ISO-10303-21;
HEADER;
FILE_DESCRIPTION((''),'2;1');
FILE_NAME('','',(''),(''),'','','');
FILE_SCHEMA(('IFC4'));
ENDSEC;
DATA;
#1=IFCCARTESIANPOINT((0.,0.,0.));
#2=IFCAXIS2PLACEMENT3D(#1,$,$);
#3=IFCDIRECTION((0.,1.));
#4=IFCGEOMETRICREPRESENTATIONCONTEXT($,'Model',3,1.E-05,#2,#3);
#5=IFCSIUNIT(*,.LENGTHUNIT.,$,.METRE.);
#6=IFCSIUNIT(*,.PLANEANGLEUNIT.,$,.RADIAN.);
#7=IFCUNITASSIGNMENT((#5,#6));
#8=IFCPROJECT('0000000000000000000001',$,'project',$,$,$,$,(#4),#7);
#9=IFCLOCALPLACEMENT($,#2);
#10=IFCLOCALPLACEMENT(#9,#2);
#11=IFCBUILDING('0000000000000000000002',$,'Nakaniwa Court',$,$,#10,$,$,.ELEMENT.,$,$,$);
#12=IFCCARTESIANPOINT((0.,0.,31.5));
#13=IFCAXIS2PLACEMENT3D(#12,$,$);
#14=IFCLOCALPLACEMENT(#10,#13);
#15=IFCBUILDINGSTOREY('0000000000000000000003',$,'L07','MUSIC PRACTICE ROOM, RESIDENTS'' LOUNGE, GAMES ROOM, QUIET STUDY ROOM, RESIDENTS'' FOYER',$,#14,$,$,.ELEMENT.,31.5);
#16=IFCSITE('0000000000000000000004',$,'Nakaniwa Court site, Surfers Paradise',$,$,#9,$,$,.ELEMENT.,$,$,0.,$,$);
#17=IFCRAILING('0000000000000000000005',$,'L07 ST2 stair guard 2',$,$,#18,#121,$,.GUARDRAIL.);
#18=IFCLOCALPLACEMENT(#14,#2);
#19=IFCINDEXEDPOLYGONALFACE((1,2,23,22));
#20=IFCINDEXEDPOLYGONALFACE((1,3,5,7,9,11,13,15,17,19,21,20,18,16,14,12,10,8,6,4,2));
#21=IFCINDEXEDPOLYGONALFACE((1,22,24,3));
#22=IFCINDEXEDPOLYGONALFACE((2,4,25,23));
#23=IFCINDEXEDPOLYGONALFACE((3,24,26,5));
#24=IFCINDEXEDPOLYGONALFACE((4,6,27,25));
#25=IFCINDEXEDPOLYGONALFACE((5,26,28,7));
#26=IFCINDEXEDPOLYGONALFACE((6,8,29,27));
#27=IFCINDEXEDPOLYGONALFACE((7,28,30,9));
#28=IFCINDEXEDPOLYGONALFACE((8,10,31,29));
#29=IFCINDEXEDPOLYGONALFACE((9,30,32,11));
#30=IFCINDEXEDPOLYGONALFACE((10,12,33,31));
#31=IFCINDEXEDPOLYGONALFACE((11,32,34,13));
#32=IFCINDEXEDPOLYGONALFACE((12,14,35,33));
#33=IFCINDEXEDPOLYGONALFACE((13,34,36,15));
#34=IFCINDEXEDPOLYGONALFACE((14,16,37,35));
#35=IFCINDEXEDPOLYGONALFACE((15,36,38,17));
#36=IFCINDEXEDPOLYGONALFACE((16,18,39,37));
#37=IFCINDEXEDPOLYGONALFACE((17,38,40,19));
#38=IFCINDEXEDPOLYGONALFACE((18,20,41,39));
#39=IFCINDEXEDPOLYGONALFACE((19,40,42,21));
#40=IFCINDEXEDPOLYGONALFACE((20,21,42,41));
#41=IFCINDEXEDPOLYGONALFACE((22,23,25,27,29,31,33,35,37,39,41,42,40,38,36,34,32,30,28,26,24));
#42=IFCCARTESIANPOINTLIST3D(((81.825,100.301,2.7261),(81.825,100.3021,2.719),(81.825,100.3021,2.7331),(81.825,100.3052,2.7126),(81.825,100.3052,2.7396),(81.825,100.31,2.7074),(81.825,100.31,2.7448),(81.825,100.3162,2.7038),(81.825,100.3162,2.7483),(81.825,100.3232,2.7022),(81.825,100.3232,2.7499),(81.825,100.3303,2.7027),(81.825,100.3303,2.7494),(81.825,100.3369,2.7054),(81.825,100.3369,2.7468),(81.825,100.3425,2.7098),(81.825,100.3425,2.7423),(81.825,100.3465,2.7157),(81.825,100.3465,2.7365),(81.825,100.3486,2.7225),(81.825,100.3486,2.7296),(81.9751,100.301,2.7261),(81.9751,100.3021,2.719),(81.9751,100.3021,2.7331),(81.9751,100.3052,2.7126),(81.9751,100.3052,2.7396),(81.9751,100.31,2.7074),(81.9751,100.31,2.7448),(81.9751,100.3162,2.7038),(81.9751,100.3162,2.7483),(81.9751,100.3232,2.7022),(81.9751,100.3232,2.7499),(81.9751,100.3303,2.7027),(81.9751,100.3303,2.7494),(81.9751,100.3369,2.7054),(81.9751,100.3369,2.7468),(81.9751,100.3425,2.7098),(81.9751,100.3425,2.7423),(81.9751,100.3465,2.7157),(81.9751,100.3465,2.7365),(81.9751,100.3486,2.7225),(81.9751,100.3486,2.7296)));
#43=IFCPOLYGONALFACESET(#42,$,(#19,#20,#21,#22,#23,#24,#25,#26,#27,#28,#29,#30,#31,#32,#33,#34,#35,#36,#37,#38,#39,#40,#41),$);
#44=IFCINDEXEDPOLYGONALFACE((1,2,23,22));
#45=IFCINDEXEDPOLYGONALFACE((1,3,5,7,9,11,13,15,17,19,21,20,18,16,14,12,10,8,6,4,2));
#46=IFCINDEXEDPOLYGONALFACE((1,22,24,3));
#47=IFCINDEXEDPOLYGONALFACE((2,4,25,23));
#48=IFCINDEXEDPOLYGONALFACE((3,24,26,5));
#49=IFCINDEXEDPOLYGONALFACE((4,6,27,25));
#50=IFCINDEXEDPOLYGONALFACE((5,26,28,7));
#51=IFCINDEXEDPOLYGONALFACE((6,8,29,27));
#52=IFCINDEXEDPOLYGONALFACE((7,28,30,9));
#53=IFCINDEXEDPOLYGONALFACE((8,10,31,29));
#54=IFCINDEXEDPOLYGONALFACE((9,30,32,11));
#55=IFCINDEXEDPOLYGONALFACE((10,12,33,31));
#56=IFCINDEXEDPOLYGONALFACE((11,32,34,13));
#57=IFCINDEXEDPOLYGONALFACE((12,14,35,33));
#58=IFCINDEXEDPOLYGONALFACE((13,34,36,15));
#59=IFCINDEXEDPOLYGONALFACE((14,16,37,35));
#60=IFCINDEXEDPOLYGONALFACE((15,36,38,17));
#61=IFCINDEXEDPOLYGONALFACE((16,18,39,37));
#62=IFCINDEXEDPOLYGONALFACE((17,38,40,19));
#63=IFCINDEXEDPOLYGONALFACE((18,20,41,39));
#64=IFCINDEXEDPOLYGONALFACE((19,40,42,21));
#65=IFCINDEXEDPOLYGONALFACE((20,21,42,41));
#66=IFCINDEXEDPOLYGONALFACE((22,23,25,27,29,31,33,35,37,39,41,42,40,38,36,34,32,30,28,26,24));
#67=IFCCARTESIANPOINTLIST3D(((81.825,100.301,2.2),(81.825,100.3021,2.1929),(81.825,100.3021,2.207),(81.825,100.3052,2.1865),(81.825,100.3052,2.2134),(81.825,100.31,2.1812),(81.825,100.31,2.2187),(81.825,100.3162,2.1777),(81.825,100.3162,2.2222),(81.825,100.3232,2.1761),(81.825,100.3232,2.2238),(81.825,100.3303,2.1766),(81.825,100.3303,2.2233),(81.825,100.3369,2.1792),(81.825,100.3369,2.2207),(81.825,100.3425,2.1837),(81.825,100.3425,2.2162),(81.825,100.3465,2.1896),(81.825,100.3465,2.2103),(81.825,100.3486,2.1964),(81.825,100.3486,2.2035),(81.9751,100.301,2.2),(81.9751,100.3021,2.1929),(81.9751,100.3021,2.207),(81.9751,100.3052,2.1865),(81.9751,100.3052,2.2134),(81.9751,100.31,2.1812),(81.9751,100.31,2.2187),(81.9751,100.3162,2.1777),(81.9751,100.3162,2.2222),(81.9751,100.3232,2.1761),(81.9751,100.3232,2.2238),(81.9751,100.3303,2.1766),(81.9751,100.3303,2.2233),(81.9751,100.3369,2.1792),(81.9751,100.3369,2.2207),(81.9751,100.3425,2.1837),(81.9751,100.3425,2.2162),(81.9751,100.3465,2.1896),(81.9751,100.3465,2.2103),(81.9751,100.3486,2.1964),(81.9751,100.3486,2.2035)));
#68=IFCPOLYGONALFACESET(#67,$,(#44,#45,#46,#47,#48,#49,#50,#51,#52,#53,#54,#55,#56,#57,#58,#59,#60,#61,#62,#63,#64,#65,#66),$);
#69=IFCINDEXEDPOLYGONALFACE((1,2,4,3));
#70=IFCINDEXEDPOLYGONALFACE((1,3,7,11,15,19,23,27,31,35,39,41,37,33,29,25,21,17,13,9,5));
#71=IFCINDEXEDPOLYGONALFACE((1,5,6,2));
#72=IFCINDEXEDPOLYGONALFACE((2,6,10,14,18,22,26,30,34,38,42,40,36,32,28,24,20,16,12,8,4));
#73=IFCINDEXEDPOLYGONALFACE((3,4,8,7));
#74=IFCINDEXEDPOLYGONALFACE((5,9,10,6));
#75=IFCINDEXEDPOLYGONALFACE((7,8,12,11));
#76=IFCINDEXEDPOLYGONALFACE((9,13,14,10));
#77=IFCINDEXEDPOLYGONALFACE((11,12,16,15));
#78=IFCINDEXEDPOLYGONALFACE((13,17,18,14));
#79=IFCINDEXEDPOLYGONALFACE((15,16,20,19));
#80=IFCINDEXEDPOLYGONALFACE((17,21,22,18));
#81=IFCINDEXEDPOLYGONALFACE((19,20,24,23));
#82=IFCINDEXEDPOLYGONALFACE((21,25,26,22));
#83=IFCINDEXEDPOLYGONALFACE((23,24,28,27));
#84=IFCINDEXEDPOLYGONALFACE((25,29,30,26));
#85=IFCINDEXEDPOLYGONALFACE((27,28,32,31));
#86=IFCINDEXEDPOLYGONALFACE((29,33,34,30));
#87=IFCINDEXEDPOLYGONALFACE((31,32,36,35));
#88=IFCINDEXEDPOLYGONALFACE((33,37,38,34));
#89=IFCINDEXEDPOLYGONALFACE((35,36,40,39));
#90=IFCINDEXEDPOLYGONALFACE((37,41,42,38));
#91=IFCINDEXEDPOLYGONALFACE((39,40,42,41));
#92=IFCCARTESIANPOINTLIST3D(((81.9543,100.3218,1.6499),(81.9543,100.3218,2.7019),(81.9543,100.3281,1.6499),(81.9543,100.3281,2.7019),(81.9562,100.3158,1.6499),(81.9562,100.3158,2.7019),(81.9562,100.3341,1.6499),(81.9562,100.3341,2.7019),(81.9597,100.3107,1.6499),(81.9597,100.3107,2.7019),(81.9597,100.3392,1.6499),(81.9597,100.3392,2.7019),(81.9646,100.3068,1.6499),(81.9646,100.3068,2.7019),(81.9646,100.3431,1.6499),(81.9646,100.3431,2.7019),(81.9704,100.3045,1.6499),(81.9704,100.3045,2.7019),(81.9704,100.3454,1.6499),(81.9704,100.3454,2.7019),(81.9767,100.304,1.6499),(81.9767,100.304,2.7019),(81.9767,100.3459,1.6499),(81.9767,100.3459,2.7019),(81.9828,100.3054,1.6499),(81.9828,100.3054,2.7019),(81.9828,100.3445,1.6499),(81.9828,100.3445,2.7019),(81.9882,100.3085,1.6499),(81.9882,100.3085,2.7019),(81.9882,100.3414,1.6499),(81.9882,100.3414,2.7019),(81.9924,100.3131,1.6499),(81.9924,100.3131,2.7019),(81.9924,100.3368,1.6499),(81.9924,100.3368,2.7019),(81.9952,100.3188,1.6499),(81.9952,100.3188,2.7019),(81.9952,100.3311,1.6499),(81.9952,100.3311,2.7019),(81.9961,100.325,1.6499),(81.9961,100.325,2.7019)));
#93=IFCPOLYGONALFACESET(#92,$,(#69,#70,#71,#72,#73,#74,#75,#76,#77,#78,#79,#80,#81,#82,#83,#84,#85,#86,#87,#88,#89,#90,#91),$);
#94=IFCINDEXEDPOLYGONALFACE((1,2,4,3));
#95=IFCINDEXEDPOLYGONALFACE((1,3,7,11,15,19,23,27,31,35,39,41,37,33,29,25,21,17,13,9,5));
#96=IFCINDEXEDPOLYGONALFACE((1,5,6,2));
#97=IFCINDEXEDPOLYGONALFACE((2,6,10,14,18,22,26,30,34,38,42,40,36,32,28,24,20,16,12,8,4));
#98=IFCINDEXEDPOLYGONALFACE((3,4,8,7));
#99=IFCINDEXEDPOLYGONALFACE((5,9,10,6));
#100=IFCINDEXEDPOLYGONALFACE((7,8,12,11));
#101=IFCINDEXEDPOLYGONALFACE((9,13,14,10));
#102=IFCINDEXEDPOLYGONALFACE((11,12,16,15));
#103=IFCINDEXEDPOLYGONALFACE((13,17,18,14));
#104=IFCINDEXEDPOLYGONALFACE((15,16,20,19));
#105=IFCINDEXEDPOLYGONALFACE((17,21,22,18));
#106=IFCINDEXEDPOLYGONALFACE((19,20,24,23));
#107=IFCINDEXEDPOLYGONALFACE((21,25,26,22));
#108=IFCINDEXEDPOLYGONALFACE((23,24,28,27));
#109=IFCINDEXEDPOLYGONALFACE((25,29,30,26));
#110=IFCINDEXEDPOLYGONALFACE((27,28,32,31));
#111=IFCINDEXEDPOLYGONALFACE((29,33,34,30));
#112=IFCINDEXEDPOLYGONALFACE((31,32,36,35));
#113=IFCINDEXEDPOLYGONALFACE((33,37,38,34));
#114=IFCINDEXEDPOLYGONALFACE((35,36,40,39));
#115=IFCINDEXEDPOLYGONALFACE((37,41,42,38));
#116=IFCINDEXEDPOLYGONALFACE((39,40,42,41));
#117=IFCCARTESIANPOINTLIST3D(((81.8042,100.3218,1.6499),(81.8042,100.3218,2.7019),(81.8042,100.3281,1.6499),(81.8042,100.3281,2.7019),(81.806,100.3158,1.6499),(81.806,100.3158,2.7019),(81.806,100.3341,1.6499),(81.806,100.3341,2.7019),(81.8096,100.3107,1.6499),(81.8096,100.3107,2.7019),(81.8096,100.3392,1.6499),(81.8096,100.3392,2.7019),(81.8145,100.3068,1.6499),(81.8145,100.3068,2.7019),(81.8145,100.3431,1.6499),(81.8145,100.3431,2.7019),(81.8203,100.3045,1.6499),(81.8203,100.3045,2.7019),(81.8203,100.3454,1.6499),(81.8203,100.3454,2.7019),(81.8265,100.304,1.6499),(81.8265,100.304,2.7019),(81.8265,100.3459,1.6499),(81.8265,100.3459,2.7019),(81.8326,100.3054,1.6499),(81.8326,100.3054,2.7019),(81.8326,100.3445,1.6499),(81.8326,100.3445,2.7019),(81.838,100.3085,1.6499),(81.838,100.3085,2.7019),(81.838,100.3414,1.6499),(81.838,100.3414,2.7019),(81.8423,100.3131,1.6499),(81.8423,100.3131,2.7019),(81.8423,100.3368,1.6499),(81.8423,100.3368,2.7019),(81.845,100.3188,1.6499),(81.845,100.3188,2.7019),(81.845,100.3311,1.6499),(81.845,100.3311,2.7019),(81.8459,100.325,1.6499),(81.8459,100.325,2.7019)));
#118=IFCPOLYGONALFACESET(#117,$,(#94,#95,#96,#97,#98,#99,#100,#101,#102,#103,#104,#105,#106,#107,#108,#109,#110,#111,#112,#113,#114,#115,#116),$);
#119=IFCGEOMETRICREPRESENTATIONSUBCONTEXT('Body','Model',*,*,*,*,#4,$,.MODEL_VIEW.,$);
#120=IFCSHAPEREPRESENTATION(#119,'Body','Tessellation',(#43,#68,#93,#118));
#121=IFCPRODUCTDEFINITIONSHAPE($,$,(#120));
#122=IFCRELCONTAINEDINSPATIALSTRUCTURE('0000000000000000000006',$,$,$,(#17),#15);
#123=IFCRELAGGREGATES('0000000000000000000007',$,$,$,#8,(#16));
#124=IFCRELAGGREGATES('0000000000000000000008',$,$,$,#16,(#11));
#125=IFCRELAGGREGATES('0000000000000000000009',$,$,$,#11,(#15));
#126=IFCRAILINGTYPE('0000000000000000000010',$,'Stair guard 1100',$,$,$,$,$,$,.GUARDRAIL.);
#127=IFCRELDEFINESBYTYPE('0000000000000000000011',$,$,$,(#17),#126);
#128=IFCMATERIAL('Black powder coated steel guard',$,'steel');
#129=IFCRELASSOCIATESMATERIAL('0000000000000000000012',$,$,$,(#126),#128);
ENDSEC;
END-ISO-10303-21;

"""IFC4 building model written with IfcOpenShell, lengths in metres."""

from ifc_helpers import new_model, si_unit, direction, frame, origin, origin_2d, place, context, subcontext, project, spatial, circle, extrude, material, type_object, element, save


model = new_model("IFC4")

# Units and contexts
model_context = context("Model", 3, precision=1e-05, world=origin(), true_north=direction((0.0, 1.0)))
body_context = subcontext(model_context, "Body", "Model", "MODEL_VIEW")
ifc_project = project(units=[si_unit("LENGTHUNIT", "METRE"), si_unit("PLANEANGLEUNIT", "RADIAN")], contexts=[model_context])

# Site, building, storey
site_placement = place(None, origin())
site = spatial("IfcSite", under=ifc_project, at=site_placement, Name="Nakaniwa Court site, Surfers Paradise", CompositionType="ELEMENT", RefElevation=0.0)
building_placement = place(site_placement, origin())
building = spatial("IfcBuilding", under=site, at=building_placement, Name="Nakaniwa Court", CompositionType="ELEMENT")
storey_placement = place(building_placement, frame((0.0, 0.0, 31.5)))
storey = spatial("IfcBuildingStorey", under=building, at=storey_placement, Name="L07", Description="MUSIC PRACTICE ROOM, RESIDENTS' LOUNGE, GAMES ROOM, QUIET STUDY ROOM, RESIDENTS' FOYER", CompositionType="ELEMENT", Elevation=31.5)

# Railing
ifc_material_1 = material(Name="Black powder coated steel guard", Category="steel")
railing_type_1 = type_object("IfcRailingType", Name="Stair guard 1100", PredefinedType="GUARDRAIL", material=ifc_material_1)
railing_1_placement = place(storey_placement, frame((81.9751, 100.325, 1.6499)))
element("IfcRailing", 1, at=railing_1_placement, inside=storey, type_object=railing_type_1, Name="L07 ST2 stair guard 2", PredefinedType="GUARDRAIL", context=body_context, shape_type="SweptSolid", body=[
    extrude(circle(Radius=0.0239, at=origin_2d()), frame((0.0, 0.0, 1.0762), z_axis=(-1.0, 0.0, 0.0), x_axis=(0.0, -1.0, 0.0)), (0.0, 0.0, 1.0), 0.1501),
    extrude(circle(Radius=0.0239, at=origin_2d()), frame((0.0, 0.0, 0.55), z_axis=(-1.0, 0.0, 0.0), x_axis=(0.0, -1.0, 0.0)), (0.0, 0.0, 1.0), 0.1501),
    extrude(circle(Radius=0.021, at=origin_2d()), origin(), (0.0, 0.0, 1.0), 1.052),
    extrude(circle(Radius=0.021, at=origin_2d()), frame((-0.1501, 0.0, 0.0)), (0.0, 0.0, 1.0), 1.052),
])

save(model, "model.ifc")
